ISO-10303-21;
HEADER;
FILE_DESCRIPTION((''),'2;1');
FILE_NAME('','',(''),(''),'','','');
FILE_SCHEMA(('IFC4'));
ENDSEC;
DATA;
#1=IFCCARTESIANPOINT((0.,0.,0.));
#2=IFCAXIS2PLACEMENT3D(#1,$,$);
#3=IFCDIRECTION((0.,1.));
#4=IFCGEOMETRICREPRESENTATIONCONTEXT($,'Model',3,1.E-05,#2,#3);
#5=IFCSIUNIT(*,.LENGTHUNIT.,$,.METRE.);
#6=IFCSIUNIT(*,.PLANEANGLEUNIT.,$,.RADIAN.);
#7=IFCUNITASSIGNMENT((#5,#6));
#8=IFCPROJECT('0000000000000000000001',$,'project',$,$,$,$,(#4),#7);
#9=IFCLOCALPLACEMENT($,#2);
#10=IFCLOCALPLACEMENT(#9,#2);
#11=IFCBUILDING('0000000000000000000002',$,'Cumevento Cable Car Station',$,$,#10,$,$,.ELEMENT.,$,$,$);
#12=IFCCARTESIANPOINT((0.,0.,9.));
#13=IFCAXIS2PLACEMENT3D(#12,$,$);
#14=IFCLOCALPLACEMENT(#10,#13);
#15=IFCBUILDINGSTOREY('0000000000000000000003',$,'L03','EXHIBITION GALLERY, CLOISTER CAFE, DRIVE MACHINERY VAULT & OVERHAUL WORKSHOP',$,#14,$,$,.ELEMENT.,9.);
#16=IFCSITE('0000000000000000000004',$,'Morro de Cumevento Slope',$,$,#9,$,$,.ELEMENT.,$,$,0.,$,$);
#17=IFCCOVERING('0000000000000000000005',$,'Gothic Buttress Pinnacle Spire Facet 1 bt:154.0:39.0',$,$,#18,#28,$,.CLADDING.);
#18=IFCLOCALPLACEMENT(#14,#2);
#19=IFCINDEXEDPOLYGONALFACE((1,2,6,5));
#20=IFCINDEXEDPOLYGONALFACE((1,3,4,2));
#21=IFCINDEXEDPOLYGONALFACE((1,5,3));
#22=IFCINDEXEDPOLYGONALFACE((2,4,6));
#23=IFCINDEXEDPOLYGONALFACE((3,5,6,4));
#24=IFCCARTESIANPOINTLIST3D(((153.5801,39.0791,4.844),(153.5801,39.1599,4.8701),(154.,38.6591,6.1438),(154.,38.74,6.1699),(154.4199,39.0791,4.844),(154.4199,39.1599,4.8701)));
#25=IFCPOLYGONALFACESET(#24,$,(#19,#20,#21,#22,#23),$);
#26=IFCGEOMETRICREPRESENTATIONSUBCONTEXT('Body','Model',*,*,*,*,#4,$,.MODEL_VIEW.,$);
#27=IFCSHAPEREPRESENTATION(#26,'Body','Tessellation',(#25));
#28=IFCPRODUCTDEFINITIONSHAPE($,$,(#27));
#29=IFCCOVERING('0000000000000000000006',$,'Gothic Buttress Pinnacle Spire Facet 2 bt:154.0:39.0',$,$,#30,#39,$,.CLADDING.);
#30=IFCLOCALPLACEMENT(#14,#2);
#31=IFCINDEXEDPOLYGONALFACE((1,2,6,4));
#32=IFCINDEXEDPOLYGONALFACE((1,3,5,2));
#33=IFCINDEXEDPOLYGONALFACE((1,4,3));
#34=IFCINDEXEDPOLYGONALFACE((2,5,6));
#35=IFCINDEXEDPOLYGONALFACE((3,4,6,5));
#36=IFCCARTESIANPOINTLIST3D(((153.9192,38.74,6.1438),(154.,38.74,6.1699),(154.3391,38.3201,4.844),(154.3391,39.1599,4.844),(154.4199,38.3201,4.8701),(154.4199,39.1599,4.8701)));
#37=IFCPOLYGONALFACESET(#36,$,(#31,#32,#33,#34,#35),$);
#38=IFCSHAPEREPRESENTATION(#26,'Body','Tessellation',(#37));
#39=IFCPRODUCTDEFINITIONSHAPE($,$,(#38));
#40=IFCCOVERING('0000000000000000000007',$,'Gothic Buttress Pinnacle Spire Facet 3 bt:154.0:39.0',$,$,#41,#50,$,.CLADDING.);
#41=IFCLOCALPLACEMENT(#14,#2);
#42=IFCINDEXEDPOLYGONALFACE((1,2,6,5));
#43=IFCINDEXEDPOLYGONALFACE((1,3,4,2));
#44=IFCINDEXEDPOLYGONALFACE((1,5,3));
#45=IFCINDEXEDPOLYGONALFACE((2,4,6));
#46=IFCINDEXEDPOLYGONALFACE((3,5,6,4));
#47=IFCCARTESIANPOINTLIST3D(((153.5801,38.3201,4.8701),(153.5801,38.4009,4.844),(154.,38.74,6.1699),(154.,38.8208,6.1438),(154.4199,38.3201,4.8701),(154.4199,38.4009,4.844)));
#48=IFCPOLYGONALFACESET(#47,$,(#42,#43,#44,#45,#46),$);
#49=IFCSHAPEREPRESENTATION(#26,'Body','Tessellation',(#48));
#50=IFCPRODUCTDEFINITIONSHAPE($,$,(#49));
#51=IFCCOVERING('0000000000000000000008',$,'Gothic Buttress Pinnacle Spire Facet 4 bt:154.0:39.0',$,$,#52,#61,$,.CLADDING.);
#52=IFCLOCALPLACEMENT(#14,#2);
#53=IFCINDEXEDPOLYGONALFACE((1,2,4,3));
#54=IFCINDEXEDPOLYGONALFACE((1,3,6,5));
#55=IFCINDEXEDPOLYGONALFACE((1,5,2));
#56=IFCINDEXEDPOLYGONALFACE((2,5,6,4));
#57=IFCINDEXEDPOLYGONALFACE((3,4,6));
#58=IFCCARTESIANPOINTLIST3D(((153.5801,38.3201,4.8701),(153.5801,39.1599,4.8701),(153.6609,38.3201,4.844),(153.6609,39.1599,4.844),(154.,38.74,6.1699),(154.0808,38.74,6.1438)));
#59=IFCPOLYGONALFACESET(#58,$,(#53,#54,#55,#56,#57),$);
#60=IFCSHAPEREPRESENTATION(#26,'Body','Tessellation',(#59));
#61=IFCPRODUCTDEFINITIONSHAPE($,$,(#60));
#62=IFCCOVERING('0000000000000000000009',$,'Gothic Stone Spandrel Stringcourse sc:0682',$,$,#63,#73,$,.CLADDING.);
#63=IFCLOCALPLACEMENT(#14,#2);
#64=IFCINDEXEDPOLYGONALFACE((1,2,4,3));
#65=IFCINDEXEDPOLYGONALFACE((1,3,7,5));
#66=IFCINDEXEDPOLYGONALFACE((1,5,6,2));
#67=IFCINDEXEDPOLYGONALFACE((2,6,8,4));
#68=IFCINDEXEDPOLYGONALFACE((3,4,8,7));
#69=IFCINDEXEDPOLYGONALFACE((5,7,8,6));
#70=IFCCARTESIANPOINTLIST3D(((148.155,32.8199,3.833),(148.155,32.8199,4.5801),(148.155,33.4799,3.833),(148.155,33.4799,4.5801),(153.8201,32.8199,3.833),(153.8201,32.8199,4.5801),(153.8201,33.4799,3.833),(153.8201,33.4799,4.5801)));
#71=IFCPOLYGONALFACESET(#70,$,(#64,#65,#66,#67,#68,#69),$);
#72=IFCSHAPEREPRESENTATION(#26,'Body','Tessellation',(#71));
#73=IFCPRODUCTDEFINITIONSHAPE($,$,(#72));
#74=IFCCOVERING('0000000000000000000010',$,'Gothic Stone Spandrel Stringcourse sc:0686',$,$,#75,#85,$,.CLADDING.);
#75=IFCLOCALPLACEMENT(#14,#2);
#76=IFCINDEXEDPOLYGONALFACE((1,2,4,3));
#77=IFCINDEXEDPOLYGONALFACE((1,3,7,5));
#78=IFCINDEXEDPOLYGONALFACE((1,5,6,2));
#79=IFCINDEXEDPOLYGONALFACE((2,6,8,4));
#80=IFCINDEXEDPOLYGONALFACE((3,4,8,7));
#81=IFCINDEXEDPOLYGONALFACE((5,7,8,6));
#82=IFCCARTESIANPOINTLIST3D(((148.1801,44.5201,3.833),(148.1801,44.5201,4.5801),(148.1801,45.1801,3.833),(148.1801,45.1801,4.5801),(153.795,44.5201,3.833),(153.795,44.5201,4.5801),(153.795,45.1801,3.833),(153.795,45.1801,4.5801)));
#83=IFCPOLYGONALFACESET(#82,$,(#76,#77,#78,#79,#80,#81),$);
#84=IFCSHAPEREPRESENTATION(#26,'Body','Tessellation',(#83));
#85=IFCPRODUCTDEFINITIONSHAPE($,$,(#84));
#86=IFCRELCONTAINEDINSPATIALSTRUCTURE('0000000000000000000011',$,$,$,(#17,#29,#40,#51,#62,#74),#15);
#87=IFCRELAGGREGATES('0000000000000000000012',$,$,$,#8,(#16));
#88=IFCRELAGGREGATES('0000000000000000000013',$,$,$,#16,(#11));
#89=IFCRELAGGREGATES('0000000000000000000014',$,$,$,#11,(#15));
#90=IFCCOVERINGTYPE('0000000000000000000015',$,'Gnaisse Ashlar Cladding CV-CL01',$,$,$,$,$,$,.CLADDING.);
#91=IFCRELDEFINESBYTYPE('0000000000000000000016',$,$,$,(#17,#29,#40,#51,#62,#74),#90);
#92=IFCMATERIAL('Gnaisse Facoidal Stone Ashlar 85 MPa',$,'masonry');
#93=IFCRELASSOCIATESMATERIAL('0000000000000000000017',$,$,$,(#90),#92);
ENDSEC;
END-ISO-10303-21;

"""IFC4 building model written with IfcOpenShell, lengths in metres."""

from ifc_helpers import new_model, si_unit, direction, frame, origin, origin_2d, place, context, subcontext, project, spatial, polyline, rectangle, outline, extrude, material, type_object, element, save


model = new_model("IFC4")

# Units and contexts
model_context = context("Model", 3, precision=1e-05, world=origin(), true_north=direction((0.0, 1.0)))
body_context = subcontext(model_context, "Body", "Model", "MODEL_VIEW")
ifc_project = project(units=[si_unit("LENGTHUNIT", "METRE"), si_unit("PLANEANGLEUNIT", "RADIAN")], contexts=[model_context])

# Site, building, storey
site_placement = place(None, origin())
site = spatial("IfcSite", under=ifc_project, at=site_placement, Name="Morro de Cumevento Slope", CompositionType="ELEMENT", RefElevation=0.0)
building_placement = place(site_placement, origin())
building = spatial("IfcBuilding", under=site, at=building_placement, Name="Cumevento Cable Car Station", CompositionType="ELEMENT")
storey_placement = place(building_placement, frame((0.0, 0.0, 9.0)))
storey = spatial("IfcBuildingStorey", under=building, at=storey_placement, Name="L03", Description="EXHIBITION GALLERY, CLOISTER CAFE, DRIVE MACHINERY VAULT & OVERHAUL WORKSHOP", CompositionType="ELEMENT", Elevation=9.0)

# Coverings
ifc_material_1 = material(Name="Gnaisse Facoidal Stone Ashlar 85 MPa", Category="masonry")
covering_type = type_object("IfcCoveringType", Name="Gnaisse Ashlar Cladding CV-CL01", PredefinedType="CLADDING", material=ifc_material_1)
for number, where, z_axis, x_axis, name in (
    (1, (153.5801, 39.1599, 4.8701), (0.0, 0.951574, 0.307421), (1.0, 0.0, 0.0), "Gothic Buttress Pinnacle Spire Facet 1 bt:154.0:39.0"),
    (2, (154.4199, 39.1599, 4.8701), (0.951574, 0.0, 0.307421), (0.0, -1.0, 0.0), "Gothic Buttress Pinnacle Spire Facet 2 bt:154.0:39.0"),
    (3, (154.4199, 38.3201, 4.8701), (0.0, -0.951574, 0.307421), (-1.0, 0.0, 0.0), "Gothic Buttress Pinnacle Spire Facet 3 bt:154.0:39.0"),
    (4, (153.5801, 38.3201, 4.8701), (-0.951574, 0.0, 0.307421), (0.0, 1.0, 0.0), "Gothic Buttress Pinnacle Spire Facet 4 bt:154.0:39.0"),
):
    element("IfcCovering", number, at=place(storey_placement, frame(where, z_axis=z_axis, x_axis=x_axis)), inside=storey, type_object=covering_type, Name=name, PredefinedType="CLADDING", context=body_context, shape_type="SweptSolid", body=[
        extrude(outline(polyline([(0.0, 0.0), (0.8398, 0.0), (0.4199, -1.366), (0.0, 0.0)])), origin(), (0.0, 0.0, -1.0), 0.085),
    ])
covering_1_placement = place(storey_placement, frame((150.9875, 33.1499, 3.833), z_axis=(0.0, 0.0, 1.0), x_axis=(-1.0, 0.0, 0.0)))
element("IfcCovering", 5, at=covering_1_placement, inside=storey, type_object=covering_type, Name="Gothic Stone Spandrel Stringcourse sc:0682", PredefinedType="CLADDING", context=body_context, shape_type="SweptSolid", body=[
    extrude(rectangle(XDim=5.665, YDim=0.6599, at=origin_2d()), origin(), (0.0, 0.0, 1.0), 0.7471),
])
covering_2_placement = place(storey_placement, frame((150.9875, 44.8501, 3.833), z_axis=(0.0, 0.0, 1.0), x_axis=(1.0, 0.0, 0.0)))
element("IfcCovering", 6, at=covering_2_placement, inside=storey, type_object=covering_type, Name="Gothic Stone Spandrel Stringcourse sc:0686", PredefinedType="CLADDING", context=body_context, shape_type="SweptSolid", body=[
    extrude(rectangle(XDim=5.615, YDim=0.6599, at=origin_2d()), origin(), (0.0, 0.0, 1.0), 0.7471),
])

save(model, "model.ifc")
